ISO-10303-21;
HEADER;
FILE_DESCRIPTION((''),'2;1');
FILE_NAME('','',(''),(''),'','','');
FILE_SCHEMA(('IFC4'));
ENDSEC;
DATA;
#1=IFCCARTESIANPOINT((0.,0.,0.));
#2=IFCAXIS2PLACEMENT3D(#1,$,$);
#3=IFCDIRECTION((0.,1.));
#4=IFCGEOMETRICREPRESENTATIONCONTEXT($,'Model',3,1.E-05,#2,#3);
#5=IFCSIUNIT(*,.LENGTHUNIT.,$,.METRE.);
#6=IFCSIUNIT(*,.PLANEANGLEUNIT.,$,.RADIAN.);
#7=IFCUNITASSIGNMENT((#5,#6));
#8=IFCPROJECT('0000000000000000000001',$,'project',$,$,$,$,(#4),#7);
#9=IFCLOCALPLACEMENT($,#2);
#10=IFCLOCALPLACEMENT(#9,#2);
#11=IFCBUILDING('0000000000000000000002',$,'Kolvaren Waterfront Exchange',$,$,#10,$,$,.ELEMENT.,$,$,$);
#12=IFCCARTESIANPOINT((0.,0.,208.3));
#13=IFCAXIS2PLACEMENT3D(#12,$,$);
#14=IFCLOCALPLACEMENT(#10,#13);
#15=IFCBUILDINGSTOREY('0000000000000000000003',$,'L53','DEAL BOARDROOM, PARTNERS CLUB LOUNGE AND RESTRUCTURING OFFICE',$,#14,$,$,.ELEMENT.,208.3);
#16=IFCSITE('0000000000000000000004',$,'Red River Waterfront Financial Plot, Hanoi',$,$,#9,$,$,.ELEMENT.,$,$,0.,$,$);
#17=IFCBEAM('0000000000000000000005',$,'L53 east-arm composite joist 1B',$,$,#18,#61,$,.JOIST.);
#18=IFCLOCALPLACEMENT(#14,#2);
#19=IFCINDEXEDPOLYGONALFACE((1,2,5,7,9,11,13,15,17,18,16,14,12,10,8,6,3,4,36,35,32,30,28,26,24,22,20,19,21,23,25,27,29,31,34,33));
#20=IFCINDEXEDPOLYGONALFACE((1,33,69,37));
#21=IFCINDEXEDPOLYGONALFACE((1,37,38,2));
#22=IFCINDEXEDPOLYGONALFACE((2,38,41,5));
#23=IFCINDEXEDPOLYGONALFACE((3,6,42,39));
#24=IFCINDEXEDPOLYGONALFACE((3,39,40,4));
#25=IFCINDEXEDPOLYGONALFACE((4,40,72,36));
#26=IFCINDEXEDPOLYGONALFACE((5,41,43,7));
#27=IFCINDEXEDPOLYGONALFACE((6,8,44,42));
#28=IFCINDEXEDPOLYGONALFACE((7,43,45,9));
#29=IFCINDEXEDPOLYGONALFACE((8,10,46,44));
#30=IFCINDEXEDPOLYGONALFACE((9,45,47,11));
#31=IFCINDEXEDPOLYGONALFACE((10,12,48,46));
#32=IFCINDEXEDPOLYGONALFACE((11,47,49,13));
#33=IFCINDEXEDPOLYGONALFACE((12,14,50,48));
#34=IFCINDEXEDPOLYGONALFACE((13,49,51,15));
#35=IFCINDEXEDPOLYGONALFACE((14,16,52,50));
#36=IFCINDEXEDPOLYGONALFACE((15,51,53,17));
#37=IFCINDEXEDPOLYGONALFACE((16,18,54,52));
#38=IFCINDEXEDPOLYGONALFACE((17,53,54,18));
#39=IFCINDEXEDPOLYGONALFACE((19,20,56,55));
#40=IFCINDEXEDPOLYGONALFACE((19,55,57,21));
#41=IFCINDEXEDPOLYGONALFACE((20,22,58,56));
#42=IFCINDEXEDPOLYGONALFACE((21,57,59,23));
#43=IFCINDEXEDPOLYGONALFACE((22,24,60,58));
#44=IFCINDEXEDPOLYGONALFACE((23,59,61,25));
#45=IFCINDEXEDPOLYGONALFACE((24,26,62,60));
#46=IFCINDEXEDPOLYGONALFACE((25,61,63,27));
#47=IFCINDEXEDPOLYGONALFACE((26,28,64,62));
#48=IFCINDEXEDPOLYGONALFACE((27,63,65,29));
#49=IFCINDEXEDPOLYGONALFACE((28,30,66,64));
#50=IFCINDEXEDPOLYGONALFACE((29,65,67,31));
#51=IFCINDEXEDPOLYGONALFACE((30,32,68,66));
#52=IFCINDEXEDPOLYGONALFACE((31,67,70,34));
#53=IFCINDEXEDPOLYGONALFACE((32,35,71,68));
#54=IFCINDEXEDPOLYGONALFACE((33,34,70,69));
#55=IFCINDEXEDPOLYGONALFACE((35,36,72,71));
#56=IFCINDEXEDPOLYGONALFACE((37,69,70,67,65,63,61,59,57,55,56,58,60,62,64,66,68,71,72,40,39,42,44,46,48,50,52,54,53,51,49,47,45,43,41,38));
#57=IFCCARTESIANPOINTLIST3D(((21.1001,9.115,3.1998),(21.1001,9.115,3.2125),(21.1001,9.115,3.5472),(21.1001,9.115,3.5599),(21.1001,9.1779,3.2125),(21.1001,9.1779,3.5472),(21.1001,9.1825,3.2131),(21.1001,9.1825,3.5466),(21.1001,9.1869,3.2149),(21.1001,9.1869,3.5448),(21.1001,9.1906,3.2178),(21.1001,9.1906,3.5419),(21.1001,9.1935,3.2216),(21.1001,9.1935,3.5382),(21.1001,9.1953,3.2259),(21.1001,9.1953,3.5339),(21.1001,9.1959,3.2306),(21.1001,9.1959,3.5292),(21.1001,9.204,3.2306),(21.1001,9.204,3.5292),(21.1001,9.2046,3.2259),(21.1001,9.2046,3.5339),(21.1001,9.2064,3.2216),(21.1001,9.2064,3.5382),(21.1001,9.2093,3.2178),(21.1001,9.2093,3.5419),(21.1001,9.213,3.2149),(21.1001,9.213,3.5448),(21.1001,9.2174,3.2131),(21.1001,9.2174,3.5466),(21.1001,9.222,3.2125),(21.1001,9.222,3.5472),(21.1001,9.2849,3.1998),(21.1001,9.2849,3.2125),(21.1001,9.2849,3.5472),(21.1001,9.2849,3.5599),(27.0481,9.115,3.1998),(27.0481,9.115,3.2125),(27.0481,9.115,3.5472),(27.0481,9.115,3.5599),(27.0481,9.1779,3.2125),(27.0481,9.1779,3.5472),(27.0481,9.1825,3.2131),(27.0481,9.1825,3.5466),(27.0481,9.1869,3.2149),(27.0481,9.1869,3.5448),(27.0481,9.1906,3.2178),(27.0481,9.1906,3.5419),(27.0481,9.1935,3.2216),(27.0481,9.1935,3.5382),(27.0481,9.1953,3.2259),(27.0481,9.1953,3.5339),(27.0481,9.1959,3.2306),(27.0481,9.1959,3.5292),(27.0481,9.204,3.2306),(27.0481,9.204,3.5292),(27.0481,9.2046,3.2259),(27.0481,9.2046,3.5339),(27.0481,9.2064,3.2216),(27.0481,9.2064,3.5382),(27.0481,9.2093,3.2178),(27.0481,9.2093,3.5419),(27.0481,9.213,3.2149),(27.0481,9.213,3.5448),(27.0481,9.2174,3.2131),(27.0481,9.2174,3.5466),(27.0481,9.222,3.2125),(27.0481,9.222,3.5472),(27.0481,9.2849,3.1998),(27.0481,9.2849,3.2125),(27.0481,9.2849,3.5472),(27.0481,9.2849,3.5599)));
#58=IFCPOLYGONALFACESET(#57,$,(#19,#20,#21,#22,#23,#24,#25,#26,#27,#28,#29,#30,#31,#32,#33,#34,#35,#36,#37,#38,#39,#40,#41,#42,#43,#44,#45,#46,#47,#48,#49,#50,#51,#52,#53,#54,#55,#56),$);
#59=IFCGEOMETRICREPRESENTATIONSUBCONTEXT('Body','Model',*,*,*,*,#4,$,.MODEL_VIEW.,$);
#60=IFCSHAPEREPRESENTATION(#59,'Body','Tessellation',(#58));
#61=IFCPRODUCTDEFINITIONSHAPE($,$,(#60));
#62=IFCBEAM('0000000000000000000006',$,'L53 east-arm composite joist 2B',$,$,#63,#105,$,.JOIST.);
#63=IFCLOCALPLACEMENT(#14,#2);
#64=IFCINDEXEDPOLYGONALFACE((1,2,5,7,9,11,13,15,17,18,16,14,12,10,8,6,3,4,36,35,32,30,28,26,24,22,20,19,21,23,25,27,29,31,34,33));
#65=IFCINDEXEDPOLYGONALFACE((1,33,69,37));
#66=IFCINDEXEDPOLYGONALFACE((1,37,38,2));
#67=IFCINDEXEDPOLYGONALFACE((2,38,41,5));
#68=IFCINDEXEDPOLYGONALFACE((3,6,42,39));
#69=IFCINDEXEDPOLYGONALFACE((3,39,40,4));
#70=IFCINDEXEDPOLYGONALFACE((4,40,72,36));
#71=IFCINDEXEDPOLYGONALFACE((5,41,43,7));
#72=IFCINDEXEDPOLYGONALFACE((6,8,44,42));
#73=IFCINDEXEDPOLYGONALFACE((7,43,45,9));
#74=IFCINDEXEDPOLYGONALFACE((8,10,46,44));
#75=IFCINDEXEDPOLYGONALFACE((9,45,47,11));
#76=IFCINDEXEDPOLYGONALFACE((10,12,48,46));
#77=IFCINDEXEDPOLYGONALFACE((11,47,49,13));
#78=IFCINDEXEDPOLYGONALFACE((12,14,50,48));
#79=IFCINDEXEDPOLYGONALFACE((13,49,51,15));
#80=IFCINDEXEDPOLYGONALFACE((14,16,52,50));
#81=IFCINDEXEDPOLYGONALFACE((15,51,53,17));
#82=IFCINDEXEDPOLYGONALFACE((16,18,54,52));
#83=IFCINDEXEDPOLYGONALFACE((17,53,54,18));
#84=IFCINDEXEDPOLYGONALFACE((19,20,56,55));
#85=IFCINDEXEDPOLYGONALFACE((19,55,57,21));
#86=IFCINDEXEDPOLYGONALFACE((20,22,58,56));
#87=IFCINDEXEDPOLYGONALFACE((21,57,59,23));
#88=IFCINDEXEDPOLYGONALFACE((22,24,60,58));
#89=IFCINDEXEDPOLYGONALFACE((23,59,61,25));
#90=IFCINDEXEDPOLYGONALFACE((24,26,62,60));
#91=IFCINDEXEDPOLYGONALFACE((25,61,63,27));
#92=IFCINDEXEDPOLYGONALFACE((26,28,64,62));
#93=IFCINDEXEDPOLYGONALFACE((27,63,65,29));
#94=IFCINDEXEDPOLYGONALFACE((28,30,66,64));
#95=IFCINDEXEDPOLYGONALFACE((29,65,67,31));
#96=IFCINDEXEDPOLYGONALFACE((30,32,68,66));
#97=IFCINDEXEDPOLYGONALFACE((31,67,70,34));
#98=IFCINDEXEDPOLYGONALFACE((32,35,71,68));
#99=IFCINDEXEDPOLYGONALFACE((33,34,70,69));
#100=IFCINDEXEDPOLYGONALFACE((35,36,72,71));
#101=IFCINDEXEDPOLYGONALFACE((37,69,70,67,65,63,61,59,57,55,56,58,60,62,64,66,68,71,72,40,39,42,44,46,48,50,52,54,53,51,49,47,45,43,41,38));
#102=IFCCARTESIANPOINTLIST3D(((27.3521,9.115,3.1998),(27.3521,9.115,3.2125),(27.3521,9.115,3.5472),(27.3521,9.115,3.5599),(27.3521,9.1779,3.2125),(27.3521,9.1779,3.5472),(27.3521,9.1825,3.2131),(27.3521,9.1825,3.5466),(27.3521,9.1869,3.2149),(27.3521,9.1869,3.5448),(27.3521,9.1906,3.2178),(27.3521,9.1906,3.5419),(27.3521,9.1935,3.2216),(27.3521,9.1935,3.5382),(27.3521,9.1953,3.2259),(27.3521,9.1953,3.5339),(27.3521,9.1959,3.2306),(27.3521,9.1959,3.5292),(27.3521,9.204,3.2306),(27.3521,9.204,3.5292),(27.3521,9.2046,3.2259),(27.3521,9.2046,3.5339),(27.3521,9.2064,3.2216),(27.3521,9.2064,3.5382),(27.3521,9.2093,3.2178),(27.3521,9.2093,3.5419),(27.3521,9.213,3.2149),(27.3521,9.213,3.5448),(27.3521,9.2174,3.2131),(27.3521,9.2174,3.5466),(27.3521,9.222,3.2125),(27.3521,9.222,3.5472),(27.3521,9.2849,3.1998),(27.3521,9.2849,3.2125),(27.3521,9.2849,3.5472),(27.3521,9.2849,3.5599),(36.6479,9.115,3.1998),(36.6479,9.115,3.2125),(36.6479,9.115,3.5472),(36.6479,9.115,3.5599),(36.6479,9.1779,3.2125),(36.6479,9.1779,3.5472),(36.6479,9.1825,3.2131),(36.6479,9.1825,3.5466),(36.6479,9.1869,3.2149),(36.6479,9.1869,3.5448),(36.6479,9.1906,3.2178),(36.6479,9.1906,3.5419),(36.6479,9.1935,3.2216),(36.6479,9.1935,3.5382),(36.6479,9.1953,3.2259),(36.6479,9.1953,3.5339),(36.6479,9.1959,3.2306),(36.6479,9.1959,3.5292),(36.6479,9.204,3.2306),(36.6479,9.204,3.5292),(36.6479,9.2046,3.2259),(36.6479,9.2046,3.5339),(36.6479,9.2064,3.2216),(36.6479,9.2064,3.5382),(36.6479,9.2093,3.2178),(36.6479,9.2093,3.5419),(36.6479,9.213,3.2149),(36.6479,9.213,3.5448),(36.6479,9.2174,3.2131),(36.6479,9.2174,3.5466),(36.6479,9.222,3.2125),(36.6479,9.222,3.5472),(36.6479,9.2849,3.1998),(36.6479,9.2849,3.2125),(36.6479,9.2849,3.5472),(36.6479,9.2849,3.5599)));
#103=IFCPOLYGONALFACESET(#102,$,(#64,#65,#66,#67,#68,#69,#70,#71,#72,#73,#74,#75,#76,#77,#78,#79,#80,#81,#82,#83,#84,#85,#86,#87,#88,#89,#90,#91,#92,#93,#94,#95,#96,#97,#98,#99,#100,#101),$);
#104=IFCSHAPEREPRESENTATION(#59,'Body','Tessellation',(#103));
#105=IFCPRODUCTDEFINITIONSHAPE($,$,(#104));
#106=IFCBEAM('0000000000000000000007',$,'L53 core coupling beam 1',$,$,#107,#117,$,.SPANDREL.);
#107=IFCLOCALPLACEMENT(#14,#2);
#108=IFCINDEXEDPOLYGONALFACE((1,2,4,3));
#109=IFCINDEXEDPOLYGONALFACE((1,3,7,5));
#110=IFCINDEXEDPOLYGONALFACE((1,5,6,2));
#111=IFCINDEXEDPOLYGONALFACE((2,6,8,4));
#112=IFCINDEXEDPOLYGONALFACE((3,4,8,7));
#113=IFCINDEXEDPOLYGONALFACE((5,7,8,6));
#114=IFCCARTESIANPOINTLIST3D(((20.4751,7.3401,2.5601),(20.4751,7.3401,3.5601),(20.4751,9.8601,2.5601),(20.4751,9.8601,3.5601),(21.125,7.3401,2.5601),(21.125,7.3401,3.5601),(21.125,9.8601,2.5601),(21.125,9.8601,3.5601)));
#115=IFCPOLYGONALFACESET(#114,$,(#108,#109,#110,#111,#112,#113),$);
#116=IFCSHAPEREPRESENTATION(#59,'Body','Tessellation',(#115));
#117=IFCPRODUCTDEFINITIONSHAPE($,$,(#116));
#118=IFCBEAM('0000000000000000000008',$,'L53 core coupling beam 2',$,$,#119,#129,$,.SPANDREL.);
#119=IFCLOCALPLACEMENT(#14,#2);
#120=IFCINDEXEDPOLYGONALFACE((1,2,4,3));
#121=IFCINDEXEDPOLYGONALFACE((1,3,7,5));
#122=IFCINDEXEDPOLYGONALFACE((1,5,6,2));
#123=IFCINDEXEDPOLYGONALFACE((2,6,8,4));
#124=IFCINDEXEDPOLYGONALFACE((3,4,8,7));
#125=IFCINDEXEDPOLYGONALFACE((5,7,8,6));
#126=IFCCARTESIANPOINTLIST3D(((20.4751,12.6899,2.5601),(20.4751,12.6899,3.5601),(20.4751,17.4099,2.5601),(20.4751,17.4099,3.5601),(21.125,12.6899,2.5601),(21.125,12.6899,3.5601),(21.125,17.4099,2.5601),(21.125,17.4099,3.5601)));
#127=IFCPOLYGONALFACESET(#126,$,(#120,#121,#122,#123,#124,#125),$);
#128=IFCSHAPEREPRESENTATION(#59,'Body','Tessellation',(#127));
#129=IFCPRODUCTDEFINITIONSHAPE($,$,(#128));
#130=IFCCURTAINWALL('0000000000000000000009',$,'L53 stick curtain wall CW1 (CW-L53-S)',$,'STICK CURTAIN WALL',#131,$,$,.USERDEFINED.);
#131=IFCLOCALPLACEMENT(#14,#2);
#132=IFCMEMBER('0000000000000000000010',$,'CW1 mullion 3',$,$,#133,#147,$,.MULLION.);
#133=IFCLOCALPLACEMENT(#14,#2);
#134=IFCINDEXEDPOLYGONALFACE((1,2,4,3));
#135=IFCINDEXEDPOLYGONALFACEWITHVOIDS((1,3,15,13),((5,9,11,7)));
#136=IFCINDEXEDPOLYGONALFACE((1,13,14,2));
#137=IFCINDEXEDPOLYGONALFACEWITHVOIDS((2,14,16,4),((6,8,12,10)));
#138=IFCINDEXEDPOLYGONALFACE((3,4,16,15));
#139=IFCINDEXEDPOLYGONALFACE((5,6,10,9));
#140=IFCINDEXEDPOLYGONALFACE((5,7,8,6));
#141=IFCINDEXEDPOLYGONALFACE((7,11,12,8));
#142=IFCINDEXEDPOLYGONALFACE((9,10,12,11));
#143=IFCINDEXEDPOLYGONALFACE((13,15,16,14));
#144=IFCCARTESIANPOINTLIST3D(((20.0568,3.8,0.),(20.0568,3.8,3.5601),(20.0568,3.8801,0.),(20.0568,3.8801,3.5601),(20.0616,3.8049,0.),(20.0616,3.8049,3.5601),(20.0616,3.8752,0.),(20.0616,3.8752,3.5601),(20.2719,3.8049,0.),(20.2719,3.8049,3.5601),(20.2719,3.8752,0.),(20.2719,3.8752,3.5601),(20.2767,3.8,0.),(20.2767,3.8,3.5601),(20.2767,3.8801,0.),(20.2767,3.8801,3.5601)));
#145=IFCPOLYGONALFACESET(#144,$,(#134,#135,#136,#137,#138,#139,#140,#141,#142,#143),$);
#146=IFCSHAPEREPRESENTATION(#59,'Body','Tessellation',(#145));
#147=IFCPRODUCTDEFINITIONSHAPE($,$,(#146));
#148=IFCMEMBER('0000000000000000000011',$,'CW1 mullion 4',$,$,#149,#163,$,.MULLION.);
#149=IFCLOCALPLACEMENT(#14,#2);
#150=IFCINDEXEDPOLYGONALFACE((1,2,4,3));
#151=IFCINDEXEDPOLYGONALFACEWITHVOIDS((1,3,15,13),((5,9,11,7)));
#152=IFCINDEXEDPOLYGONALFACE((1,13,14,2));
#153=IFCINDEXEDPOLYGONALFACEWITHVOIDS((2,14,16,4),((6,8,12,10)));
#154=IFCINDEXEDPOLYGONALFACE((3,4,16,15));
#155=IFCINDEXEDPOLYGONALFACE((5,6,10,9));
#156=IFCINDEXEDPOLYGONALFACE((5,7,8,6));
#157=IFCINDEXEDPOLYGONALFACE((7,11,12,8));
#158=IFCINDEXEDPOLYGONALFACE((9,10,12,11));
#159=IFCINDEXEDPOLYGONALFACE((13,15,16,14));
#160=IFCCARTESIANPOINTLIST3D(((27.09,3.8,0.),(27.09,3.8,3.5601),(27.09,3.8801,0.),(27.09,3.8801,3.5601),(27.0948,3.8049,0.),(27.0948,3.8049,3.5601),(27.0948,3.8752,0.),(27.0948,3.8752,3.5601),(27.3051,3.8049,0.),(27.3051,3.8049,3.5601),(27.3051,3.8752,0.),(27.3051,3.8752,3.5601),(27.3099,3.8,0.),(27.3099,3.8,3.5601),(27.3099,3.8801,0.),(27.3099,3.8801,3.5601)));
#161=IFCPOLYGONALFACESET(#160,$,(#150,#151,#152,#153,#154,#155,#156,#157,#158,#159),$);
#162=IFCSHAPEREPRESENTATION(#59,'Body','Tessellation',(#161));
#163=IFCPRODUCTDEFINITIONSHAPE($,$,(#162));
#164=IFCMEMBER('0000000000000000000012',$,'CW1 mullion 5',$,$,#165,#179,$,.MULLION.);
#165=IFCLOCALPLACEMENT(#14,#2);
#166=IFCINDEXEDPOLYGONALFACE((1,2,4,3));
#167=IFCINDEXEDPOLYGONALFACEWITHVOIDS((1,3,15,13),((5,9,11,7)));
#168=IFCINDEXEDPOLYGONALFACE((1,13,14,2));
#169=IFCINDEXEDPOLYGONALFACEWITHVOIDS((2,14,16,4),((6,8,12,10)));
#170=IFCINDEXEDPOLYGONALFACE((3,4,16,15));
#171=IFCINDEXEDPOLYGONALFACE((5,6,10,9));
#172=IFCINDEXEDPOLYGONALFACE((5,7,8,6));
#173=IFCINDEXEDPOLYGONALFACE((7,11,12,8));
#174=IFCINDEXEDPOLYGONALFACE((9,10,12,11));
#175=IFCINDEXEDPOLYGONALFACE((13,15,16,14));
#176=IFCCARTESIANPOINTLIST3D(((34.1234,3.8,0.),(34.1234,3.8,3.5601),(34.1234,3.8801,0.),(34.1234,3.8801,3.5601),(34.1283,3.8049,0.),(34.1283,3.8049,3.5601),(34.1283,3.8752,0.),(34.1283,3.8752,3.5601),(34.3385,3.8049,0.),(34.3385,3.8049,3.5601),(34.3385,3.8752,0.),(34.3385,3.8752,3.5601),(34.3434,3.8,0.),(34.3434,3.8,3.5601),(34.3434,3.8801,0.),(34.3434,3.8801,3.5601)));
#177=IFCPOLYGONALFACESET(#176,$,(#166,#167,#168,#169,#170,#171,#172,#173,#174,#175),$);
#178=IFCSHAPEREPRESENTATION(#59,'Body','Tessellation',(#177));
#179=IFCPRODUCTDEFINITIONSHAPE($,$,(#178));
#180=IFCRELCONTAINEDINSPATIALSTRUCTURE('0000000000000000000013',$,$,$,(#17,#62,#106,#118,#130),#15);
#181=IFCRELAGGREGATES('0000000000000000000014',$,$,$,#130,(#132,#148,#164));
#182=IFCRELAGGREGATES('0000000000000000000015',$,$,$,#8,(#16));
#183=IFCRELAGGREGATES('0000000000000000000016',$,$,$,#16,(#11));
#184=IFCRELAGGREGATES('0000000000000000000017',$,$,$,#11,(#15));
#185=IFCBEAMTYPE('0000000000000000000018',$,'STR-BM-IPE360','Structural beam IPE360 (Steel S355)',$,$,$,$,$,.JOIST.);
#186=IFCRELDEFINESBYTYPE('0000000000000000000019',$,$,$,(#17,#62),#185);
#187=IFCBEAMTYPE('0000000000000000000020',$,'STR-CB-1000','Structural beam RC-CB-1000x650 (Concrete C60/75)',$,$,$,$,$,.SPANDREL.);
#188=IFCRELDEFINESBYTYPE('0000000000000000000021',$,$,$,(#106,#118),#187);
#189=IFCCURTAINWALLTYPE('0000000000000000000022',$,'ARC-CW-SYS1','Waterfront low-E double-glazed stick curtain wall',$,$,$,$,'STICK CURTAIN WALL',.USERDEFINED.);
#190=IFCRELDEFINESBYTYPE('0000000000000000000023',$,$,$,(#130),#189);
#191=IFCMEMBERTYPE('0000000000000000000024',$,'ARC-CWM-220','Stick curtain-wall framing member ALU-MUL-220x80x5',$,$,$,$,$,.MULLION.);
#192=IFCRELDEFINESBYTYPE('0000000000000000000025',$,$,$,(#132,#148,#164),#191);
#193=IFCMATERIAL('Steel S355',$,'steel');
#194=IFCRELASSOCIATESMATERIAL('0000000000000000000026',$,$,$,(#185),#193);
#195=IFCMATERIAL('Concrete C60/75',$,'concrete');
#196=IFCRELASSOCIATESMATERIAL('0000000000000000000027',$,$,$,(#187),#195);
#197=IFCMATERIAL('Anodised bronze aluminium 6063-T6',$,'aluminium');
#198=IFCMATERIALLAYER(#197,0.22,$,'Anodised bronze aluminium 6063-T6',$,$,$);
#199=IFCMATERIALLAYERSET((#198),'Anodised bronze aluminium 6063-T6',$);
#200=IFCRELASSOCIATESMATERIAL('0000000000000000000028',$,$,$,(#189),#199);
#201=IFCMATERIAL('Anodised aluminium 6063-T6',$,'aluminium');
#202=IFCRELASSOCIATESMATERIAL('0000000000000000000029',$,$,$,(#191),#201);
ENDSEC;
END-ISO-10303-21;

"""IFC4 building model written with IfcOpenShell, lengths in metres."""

from ifc_helpers import new_model, si_unit, direction, frame, origin, origin_with_axes, origin_2d, place, context, subcontext, project, spatial, rectangle, hollow_rectangle, i_section, extrude, source, transform, mapped, material, layer, layer_set, material_profile, profile_set, type_object, element, aggregate, save


model = new_model("IFC4")

# Units and contexts
model_context = context("Model", 3, precision=1e-05, world=origin(), true_north=direction((0.0, 1.0)))
body_context = subcontext(model_context, "Body", "Model", "MODEL_VIEW")
ifc_project = project(units=[si_unit("LENGTHUNIT", "METRE"), si_unit("PLANEANGLEUNIT", "RADIAN")], contexts=[model_context])

# Site, building, storey
site_placement = place(None, origin())
site = spatial("IfcSite", under=ifc_project, at=site_placement, Name="Red River Waterfront Financial Plot, Hanoi", CompositionType="ELEMENT", RefElevation=0.0)
building_placement = place(site_placement, origin())
building = spatial("IfcBuilding", under=site, at=building_placement, Name="Kolvaren Waterfront Exchange", CompositionType="ELEMENT")
storey_placement = place(building_placement, frame((0.0, 0.0, 208.3)))
storey = spatial("IfcBuildingStorey", under=building, at=storey_placement, Name="L53", Description="DEAL BOARDROOM, PARTNERS CLUB LOUNGE AND RESTRUCTURING OFFICE", CompositionType="ELEMENT", Elevation=208.3)

# Beams
ifc_material_1 = material(Name="Steel S355", Category="steel")
ifc_material_profile_1 = material_profile(ifc_material_1, i_section(OverallWidth=0.1699, OverallDepth=0.3601, WebThickness=0.0081, FlangeThickness=0.0127, FilletRadius=0.0181, at=origin_2d()), Name="IPE360")
ifc_profile_set_1 = profile_set([ifc_material_profile_1], Name="Steel S355")
beam_type_1 = type_object("IfcBeamType", Name="STR-BM-IPE360", Description="Structural beam IPE360 (Steel S355)", PredefinedType="JOIST", material=ifc_profile_set_1)
beam_1_placement = place(storey_placement, frame((21.1001, 9.2, 3.3799), z_axis=(1.0, 0.0, 0.0), x_axis=(0.0, 1.0, 0.0)))
element("IfcBeam", 1, at=beam_1_placement, inside=storey, type_object=beam_type_1, Name="L53 east-arm composite joist 1B", PredefinedType="JOIST", context=body_context, shape_type="SweptSolid", body=[
    extrude(i_section(OverallWidth=0.1699, OverallDepth=0.3601, WebThickness=0.0081, FlangeThickness=0.0127, FilletRadius=0.0181, at=origin_2d()), origin(), (0.0, 0.0, 1.0), 5.948),
])
beam_2_placement = place(storey_placement, frame((27.3521, 9.2, 3.3799), z_axis=(1.0, 0.0, 0.0), x_axis=(0.0, 1.0, 0.0)))
element("IfcBeam", 2, at=beam_2_placement, inside=storey, type_object=beam_type_1, Name="L53 east-arm composite joist 2B", PredefinedType="JOIST", context=body_context, shape_type="SweptSolid", body=[
    extrude(i_section(OverallWidth=0.1699, OverallDepth=0.3601, WebThickness=0.0081, FlangeThickness=0.0127, FilletRadius=0.0181, at=origin_2d()), origin(), (0.0, 0.0, 1.0), 9.2959),
])
ifc_material_2 = material(Name="Concrete C60/75", Category="concrete")
ifc_material_profile_2 = material_profile(ifc_material_2, rectangle(XDim=0.6499, YDim=1.0, at=origin_2d()), Name="RC-CB-1000x650")
ifc_profile_set_2 = profile_set([ifc_material_profile_2], Name="Concrete C60/75")
beam_type_2 = type_object("IfcBeamType", Name="STR-CB-1000", Description="Structural beam RC-CB-1000x650 (Concrete C60/75)", PredefinedType="SPANDREL", material=ifc_profile_set_2)
beam_3_placement = place(storey_placement, frame((20.8, 7.3401, 3.0601), z_axis=(0.0, 1.0, 0.0), x_axis=(-1.0, 0.0, 0.0)))
element("IfcBeam", 3, at=beam_3_placement, inside=storey, type_object=beam_type_2, Name="L53 core coupling beam 1", PredefinedType="SPANDREL", context=body_context, shape_type="SweptSolid", body=[
    extrude(rectangle(XDim=0.6499, YDim=1.0, at=origin_2d()), origin(), (0.0, 0.0, 1.0), 2.52),
])
beam_4_placement = place(storey_placement, frame((20.8, 12.6899, 3.0601), z_axis=(0.0, 1.0, 0.0), x_axis=(-1.0, 0.0, 0.0)))
element("IfcBeam", 4, at=beam_4_placement, inside=storey, type_object=beam_type_2, Name="L53 core coupling beam 2", PredefinedType="SPANDREL", context=body_context, shape_type="SweptSolid", body=[
    extrude(rectangle(XDim=0.6499, YDim=1.0, at=origin_2d()), origin(), (0.0, 0.0, 1.0), 4.72),
])

# Curtain wall, members
ifc_material_3 = material(Name="Anodised bronze aluminium 6063-T6", Category="aluminium")
ifc_layer_1 = layer(ifc_material_3, 0.22, Name="Anodised bronze aluminium 6063-T6")
ifc_layer_set_1 = layer_set([ifc_layer_1], Name="Anodised bronze aluminium 6063-T6")
curtain_wall_type = type_object("IfcCurtainWallType", Name="ARC-CW-SYS1", Description="Waterfront low-E double-glazed stick curtain wall", ElementType="STICK CURTAIN WALL", PredefinedType="USERDEFINED", material=ifc_layer_set_1)
curtain_wall_placement = place(storey_placement, origin())
curtain_wall = element("IfcCurtainWall", 5, at=curtain_wall_placement, inside=storey, type_object=curtain_wall_type, Name="L53 stick curtain wall CW1 (CW-L53-S)", ObjectType="STICK CURTAIN WALL", PredefinedType="USERDEFINED")
ifc_material_4 = material(Name="Anodised aluminium 6063-T6", Category="aluminium")
ifc_material_profile_3 = material_profile(ifc_material_4, hollow_rectangle(XDim=0.0801, YDim=0.22, WallThickness=0.0049, at=origin_2d()), Name="ALU-MUL-220x80x5")
ifc_profile_set_3 = profile_set([ifc_material_profile_3], Name="Anodised aluminium 6063-T6")
member_type_1 = type_object("IfcMemberType", Name="ARC-CWM-220", Description="Stick curtain-wall framing member ALU-MUL-220x80x5", PredefinedType="MULLION", material=ifc_profile_set_3)
shared_shape_1 = source(origin_with_axes(), body_context, "Body", "SweptSolid", [
    extrude(hollow_rectangle(XDim=0.0801, YDim=0.22, WallThickness=0.0049, at=origin_2d()), origin(), (0.0, 0.0, 1.0), 3.5601),
])
member_1_placement = place(storey_placement, frame((20.1667, 3.8401, 0.0), z_axis=(0.0, 0.0, 1.0), x_axis=(0.0, 1.0, 0.0)))
member_1 = element("IfcMember", 6, at=member_1_placement, type_object=member_type_1, Name="CW1 mullion 3", PredefinedType="MULLION", context=body_context, shape_type="MappedRepresentation", body=[
    mapped(shared_shape_1, transform((0.0, 0.0, 0.0), x_axis=(1.0, 0.0, 0.0), y_axis=(0.0, 1.0, 0.0), z_axis=(0.0, 0.0, 1.0), scale=1.0)),
])
member_2_placement = place(storey_placement, frame((27.2, 3.8401, 0.0), z_axis=(0.0, 0.0, 1.0), x_axis=(0.0, 1.0, 0.0)))
member_2 = element("IfcMember", 7, at=member_2_placement, type_object=member_type_1, Name="CW1 mullion 4", PredefinedType="MULLION", context=body_context, shape_type="MappedRepresentation", body=[
    mapped(shared_shape_1, transform((0.0, 0.0, 0.0), x_axis=(1.0, 0.0, 0.0), y_axis=(0.0, 1.0, 0.0), z_axis=(0.0, 0.0, 1.0), scale=1.0)),
])
member_3_placement = place(storey_placement, frame((34.2334, 3.8401, 0.0), z_axis=(0.0, 0.0, 1.0), x_axis=(0.0, 1.0, 0.0)))
member_3 = element("IfcMember", 8, at=member_3_placement, type_object=member_type_1, Name="CW1 mullion 5", PredefinedType="MULLION", context=body_context, shape_type="MappedRepresentation", body=[
    mapped(shared_shape_1, transform((0.0, 0.0, 0.0), x_axis=(1.0, 0.0, 0.0), y_axis=(0.0, 1.0, 0.0), z_axis=(0.0, 0.0, 1.0), scale=1.0)),
])
aggregate(curtain_wall, [member_1, member_2, member_3])

save(model, "model.ifc")
